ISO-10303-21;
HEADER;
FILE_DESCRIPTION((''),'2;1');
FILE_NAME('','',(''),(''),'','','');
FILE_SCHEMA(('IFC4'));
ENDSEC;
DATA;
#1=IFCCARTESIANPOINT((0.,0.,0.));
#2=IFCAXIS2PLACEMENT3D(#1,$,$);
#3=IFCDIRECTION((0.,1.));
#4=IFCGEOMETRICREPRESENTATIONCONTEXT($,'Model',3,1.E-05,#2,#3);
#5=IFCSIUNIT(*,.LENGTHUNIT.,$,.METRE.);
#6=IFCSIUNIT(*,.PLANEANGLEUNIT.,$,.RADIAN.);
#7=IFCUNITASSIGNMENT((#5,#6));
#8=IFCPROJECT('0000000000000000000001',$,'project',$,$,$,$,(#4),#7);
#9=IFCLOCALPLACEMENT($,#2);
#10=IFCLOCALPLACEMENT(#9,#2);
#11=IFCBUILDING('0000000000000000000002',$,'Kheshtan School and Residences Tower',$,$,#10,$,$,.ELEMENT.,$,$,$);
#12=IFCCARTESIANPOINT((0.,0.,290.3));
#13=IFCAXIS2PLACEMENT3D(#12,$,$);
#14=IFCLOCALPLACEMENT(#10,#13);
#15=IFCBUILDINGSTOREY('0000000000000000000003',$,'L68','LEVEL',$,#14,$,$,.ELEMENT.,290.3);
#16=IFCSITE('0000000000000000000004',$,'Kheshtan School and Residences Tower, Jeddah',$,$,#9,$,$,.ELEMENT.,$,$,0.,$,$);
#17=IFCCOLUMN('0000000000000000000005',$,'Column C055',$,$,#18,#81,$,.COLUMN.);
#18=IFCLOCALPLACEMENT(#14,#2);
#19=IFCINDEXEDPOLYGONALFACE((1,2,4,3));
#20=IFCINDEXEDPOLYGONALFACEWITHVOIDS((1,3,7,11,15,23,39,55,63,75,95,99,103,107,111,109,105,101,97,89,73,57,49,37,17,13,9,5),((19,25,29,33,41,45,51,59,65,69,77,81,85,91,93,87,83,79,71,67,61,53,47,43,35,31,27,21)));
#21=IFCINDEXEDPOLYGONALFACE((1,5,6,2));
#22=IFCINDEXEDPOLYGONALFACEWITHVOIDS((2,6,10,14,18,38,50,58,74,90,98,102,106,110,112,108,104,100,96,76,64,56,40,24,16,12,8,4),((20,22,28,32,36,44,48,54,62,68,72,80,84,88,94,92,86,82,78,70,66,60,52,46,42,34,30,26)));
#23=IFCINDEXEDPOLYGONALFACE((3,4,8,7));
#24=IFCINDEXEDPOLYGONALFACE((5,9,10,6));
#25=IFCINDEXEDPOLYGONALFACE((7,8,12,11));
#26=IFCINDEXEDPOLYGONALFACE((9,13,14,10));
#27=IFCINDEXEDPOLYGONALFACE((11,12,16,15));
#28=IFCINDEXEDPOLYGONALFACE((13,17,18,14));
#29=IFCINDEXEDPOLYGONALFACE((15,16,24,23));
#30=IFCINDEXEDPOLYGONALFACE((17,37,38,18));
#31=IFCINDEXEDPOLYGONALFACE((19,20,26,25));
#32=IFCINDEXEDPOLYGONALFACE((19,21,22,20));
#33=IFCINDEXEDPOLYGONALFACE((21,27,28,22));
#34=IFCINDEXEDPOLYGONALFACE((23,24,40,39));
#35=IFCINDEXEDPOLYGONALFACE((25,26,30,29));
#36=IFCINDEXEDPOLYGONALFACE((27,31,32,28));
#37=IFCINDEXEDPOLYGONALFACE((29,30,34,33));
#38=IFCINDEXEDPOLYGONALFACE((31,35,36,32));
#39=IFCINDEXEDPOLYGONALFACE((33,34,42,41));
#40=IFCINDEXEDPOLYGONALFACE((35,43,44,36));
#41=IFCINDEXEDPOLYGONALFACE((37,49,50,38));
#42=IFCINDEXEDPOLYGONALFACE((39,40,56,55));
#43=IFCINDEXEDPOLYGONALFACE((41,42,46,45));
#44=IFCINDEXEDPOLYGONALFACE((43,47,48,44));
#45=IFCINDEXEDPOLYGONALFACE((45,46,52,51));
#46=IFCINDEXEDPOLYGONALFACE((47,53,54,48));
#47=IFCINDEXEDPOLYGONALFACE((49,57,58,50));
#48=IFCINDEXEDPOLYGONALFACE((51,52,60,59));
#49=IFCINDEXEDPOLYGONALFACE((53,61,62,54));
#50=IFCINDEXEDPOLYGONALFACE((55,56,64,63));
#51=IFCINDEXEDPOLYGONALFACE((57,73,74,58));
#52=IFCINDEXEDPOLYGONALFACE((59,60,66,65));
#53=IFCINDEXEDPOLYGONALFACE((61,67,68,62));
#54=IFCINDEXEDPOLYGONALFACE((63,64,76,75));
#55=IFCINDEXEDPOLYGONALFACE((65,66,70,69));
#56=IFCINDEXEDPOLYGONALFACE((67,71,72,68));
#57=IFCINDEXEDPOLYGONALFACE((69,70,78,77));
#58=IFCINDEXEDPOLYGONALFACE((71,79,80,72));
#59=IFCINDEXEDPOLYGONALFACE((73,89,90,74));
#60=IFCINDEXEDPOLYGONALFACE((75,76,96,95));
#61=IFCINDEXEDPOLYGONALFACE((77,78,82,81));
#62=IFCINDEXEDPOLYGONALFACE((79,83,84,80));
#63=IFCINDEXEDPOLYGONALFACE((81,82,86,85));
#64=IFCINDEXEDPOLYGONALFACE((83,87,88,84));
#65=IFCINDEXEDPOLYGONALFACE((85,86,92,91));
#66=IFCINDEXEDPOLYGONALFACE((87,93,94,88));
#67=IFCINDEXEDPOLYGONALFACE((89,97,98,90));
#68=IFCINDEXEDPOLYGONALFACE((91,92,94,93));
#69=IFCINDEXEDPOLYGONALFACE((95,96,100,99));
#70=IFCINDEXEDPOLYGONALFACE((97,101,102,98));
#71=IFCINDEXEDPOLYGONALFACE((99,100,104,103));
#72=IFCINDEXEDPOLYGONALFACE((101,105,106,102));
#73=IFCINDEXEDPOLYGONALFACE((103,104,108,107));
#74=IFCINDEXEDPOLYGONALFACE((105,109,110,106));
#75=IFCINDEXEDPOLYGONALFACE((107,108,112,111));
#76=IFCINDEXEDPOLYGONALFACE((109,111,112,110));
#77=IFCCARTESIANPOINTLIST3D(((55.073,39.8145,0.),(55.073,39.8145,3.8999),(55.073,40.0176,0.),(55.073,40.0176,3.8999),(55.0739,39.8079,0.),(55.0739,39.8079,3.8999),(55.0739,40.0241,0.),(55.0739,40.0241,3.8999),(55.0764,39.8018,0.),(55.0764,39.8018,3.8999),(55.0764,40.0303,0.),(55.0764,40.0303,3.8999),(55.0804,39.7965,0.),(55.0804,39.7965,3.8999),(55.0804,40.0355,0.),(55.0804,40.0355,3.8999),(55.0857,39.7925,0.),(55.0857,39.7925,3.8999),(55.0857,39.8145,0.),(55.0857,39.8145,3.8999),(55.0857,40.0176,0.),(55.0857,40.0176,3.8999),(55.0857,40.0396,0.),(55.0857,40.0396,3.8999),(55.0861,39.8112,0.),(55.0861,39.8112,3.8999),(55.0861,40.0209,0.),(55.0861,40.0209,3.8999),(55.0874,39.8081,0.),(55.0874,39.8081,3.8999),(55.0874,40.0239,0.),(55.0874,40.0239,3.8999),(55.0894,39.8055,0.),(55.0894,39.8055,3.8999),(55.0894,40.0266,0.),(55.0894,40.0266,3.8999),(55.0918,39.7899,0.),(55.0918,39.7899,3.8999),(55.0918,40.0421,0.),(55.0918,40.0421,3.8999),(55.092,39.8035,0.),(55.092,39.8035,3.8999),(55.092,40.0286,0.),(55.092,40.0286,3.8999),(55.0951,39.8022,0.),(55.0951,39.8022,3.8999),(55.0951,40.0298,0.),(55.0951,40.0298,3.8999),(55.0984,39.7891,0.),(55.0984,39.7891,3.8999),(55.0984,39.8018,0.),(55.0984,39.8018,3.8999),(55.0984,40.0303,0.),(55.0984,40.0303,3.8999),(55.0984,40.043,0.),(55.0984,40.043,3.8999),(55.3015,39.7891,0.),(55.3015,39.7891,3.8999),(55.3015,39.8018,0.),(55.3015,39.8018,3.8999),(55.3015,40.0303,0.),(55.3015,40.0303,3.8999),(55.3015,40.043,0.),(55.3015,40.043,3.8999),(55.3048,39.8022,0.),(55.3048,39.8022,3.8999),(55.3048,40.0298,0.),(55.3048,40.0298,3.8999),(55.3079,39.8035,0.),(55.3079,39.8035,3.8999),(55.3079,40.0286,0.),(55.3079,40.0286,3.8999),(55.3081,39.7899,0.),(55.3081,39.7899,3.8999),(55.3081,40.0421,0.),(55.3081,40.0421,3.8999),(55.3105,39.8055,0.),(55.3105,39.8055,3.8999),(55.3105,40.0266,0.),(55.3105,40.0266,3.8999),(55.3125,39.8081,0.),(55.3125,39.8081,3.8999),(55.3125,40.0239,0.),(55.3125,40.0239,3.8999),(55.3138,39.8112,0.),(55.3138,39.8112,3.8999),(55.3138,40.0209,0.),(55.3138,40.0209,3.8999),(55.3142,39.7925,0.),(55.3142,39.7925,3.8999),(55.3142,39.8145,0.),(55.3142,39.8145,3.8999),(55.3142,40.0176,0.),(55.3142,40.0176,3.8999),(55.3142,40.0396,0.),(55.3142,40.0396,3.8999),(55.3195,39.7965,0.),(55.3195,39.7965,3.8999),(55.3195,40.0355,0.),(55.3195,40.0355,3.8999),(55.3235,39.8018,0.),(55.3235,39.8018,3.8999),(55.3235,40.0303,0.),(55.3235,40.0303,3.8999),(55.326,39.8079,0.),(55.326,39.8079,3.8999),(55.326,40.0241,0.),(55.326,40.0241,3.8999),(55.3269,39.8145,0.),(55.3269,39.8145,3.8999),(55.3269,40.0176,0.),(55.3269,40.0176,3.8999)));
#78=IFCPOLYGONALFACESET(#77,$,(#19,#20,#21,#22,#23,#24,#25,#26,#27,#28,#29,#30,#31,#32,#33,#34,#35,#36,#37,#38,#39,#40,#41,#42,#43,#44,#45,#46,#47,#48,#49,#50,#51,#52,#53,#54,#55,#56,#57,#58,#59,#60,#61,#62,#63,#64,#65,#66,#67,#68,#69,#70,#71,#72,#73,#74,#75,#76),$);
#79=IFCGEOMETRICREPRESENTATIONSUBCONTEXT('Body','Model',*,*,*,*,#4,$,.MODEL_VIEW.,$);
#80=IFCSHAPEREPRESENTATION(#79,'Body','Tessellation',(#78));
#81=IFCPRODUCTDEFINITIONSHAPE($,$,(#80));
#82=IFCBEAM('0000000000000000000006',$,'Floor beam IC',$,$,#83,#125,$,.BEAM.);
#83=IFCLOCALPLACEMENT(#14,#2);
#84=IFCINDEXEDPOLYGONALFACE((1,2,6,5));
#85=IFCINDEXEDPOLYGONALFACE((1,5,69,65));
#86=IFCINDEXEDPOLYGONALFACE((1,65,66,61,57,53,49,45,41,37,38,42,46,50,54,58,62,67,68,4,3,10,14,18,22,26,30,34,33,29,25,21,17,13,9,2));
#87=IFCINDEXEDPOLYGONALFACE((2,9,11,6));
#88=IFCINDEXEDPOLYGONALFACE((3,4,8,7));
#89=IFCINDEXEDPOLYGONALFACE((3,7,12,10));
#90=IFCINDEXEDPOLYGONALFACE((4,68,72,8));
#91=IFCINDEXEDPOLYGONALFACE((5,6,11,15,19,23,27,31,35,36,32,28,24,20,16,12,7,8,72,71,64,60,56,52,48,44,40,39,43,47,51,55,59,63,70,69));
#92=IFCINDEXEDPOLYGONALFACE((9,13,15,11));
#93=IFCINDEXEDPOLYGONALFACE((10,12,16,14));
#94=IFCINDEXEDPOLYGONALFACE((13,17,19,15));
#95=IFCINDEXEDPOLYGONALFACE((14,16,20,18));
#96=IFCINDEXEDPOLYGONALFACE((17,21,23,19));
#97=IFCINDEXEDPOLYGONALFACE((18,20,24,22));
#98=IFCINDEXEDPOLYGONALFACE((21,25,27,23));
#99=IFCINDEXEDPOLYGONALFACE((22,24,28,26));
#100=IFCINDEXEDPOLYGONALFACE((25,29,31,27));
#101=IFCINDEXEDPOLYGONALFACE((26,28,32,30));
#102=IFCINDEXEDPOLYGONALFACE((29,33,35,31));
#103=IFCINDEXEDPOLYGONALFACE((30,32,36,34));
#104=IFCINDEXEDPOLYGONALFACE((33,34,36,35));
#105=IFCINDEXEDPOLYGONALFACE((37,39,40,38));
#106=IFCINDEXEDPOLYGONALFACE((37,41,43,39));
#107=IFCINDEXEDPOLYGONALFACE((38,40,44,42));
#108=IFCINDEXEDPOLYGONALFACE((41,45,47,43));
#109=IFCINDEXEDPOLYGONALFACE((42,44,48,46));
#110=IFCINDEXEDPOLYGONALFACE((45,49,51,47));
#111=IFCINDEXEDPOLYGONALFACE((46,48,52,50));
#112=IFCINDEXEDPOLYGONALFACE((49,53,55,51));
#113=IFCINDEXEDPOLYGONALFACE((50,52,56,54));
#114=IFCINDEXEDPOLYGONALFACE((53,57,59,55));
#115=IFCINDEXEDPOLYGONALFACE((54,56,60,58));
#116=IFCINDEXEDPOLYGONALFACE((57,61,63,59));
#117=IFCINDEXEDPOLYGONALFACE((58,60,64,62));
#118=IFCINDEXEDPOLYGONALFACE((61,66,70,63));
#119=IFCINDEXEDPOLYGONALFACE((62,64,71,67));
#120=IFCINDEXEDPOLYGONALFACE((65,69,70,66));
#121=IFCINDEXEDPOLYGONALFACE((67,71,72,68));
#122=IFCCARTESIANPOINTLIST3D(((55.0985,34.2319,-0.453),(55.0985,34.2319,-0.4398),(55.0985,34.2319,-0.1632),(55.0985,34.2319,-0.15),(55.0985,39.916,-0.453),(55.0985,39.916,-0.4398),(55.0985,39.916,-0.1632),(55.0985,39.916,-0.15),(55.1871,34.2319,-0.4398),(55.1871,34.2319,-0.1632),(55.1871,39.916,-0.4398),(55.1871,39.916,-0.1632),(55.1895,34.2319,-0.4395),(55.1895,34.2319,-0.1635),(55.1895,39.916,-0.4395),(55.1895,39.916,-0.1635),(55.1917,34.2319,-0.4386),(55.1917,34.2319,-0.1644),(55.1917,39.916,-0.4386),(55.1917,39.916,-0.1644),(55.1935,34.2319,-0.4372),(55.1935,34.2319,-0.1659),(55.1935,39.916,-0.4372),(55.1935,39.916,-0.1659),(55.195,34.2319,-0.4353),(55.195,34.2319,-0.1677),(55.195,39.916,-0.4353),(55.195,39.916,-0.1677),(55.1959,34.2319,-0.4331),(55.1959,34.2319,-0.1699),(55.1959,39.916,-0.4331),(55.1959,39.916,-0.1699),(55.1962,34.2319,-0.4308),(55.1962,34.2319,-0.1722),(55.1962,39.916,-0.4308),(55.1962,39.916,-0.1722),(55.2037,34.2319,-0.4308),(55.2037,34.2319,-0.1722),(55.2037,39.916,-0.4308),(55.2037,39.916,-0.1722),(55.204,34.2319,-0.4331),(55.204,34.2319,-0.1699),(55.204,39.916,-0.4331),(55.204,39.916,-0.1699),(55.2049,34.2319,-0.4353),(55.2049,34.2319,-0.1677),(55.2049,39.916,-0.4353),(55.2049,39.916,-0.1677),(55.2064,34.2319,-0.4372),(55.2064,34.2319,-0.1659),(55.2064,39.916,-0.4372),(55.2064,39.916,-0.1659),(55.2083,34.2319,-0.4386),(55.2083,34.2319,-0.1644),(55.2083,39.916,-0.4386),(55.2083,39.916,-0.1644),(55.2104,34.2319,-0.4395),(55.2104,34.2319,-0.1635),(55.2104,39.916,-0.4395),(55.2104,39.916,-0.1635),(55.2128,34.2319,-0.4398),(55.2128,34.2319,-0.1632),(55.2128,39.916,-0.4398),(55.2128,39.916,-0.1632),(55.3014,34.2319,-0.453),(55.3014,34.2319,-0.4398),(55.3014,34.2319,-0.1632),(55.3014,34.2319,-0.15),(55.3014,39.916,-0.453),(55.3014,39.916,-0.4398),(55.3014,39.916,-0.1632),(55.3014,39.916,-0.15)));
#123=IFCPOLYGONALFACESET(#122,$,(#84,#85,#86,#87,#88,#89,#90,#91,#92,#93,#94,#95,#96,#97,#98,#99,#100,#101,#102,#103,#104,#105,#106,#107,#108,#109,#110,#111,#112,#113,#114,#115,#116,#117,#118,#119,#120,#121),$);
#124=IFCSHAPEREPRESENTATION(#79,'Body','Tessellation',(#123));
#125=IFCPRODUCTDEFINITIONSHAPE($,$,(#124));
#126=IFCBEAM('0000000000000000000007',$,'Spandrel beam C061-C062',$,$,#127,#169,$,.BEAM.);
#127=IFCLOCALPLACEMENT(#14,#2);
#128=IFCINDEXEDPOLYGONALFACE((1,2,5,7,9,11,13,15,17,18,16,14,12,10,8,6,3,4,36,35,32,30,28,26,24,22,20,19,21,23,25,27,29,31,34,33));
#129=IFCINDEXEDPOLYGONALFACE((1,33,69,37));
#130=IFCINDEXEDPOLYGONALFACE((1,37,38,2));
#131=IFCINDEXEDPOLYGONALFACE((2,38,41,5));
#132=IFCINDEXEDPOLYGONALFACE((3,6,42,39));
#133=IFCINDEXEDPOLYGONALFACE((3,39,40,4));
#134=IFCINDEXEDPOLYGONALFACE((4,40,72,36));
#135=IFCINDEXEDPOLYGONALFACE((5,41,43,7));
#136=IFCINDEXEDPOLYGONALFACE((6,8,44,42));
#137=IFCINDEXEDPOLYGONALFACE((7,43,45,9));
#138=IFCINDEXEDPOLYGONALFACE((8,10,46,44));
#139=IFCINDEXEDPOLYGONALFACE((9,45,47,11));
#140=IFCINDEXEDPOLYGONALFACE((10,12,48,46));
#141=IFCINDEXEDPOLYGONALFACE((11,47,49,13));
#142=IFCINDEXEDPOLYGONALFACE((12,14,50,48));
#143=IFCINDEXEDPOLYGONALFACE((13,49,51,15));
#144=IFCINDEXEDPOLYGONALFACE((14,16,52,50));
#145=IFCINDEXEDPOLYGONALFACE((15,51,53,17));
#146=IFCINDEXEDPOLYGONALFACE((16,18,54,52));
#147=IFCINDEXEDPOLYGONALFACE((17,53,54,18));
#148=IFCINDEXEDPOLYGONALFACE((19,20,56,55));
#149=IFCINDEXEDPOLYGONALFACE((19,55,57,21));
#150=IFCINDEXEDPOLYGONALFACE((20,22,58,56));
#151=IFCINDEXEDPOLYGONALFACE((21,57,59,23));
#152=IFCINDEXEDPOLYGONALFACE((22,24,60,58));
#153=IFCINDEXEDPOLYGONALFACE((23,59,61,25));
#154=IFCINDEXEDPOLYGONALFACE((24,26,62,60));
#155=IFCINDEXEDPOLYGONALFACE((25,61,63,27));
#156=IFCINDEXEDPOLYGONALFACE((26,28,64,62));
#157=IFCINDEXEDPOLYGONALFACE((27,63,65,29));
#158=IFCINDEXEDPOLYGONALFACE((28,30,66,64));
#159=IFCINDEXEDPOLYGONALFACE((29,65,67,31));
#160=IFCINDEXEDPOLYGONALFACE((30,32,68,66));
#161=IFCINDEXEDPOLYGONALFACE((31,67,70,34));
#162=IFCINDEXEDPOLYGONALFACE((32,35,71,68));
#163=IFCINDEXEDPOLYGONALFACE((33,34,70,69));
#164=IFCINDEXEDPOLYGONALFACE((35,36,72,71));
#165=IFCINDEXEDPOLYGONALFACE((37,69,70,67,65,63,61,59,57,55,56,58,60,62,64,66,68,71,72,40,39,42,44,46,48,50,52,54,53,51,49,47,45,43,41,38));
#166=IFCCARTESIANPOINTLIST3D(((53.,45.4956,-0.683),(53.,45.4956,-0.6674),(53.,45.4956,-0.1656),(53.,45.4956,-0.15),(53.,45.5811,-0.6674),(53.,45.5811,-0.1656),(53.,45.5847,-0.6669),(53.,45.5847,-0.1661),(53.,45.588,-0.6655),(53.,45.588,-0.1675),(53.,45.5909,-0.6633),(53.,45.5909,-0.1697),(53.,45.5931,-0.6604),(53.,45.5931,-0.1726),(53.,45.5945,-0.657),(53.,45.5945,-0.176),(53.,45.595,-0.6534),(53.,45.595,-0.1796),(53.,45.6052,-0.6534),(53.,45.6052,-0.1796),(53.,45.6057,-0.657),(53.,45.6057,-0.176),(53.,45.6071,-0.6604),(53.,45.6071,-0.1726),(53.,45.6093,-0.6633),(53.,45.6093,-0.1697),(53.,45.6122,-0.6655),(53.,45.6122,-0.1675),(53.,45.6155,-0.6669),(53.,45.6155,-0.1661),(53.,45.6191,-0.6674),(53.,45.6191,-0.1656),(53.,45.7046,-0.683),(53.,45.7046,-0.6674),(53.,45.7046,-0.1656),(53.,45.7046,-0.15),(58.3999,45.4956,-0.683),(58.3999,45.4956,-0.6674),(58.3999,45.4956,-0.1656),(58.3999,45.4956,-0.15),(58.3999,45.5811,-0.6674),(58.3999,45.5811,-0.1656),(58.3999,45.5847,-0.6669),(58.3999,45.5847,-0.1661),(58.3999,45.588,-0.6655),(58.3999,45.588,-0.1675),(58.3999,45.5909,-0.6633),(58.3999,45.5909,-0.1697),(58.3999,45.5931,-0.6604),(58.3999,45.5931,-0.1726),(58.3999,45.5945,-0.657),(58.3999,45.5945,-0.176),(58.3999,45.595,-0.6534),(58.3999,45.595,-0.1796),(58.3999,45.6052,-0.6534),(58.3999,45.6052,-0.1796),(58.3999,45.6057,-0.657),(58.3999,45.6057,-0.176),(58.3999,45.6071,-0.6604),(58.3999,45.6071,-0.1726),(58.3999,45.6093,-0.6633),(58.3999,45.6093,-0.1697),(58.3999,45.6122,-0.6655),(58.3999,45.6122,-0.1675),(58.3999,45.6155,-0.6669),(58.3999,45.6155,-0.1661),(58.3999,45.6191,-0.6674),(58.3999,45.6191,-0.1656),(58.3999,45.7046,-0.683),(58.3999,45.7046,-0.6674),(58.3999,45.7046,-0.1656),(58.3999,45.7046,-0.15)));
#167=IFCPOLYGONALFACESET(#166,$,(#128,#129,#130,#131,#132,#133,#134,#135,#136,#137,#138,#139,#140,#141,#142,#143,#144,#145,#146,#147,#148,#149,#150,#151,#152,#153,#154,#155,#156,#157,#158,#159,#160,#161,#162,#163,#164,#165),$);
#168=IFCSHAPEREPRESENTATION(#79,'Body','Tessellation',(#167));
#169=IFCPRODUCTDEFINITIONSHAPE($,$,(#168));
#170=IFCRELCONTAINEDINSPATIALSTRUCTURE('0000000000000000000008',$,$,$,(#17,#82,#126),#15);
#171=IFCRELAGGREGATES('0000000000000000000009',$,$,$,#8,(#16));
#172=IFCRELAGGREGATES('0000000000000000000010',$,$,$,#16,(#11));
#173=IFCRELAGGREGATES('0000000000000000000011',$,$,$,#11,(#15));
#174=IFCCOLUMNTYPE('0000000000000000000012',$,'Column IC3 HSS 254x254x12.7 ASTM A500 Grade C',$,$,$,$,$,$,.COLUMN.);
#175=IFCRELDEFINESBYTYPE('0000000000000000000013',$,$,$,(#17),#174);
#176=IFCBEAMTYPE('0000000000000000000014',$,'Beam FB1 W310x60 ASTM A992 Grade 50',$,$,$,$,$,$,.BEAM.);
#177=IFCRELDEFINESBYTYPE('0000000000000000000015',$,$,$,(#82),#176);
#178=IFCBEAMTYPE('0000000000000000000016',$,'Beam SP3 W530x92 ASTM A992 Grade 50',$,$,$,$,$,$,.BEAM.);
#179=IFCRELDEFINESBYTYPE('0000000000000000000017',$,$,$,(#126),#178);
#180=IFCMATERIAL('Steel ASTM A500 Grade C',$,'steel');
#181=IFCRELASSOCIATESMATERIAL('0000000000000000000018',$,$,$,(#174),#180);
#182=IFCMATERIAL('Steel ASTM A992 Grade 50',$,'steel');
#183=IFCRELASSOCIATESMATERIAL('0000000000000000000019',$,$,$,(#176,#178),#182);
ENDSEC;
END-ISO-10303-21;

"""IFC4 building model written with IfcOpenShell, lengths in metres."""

from ifc_helpers import new_model, si_unit, direction, frame, origin, origin_2d, place, context, subcontext, project, spatial, hollow_rectangle, i_section, extrude, material, material_profile, profile_set, type_object, element, save


model = new_model("IFC4")

# Units and contexts
model_context = context("Model", 3, precision=1e-05, world=origin(), true_north=direction((0.0, 1.0)))
body_context = subcontext(model_context, "Body", "Model", "MODEL_VIEW")
ifc_project = project(units=[si_unit("LENGTHUNIT", "METRE"), si_unit("PLANEANGLEUNIT", "RADIAN")], contexts=[model_context])

# Site, building, storey
site_placement = place(None, origin())
site = spatial("IfcSite", under=ifc_project, at=site_placement, Name="Kheshtan School and Residences Tower, Jeddah", CompositionType="ELEMENT", RefElevation=0.0)
building_placement = place(site_placement, origin())
building = spatial("IfcBuilding", under=site, at=building_placement, Name="Kheshtan School and Residences Tower", CompositionType="ELEMENT")
storey_placement = place(building_placement, frame((0.0, 0.0, 290.3)))
storey = spatial("IfcBuildingStorey", under=building, at=storey_placement, Name="L68", Description="LEVEL", CompositionType="ELEMENT", Elevation=290.3)

# Column
ifc_material_1 = material(Name="Steel ASTM A992 Grade 50", Category="steel")
ifc_material_2 = material(Name="Steel ASTM A500 Grade C", Category="steel")
ifc_material_profile_1 = material_profile(ifc_material_2, hollow_rectangle(XDim=0.2539, YDim=0.2539, WallThickness=0.0127, InnerFilletRadius=0.0127, OuterFilletRadius=0.0254, at=origin_2d()), Name="HSS 254x254x12.7")
ifc_profile_set_1 = profile_set([ifc_material_profile_1], Name="Steel ASTM A500 Grade C")
column_type_1 = type_object("IfcColumnType", Name="Column IC3 HSS 254x254x12.7 ASTM A500 Grade C", PredefinedType="COLUMN", material=ifc_profile_set_1)
for number, where, z_axis, x_axis, name in (
    (1, (55.2, 39.916, 0.0), (0.0, 0.0, 1.0), (1.0, 0.0, 0.0), "Column C055"),
):
    element("IfcColumn", number, at=place(storey_placement, frame(where, z_axis=z_axis, x_axis=x_axis)), inside=storey, type_object=column_type_1, Name=name, PredefinedType="COLUMN", context=body_context, shape_type="SweptSolid", body=[
        extrude(hollow_rectangle(XDim=0.2539, YDim=0.2539, WallThickness=0.0127, InnerFilletRadius=0.0127, OuterFilletRadius=0.0254, at=origin_2d()), origin(), (0.0, 0.0, 1.0), 3.8999),
    ])

# Beams
ifc_material_profile_2 = material_profile(ifc_material_1, i_section(OverallWidth=0.2029, OverallDepth=0.303, WebThickness=0.0076, FlangeThickness=0.0132, FilletRadius=0.009, at=origin_2d()), Name="W310x60")
ifc_profile_set_2 = profile_set([ifc_material_profile_2], Name="Steel ASTM A992 Grade 50")
beam_type_1 = type_object("IfcBeamType", Name="Beam FB1 W310x60 ASTM A992 Grade 50", PredefinedType="BEAM", material=ifc_profile_set_2)
beam_1_placement = place(storey_placement, frame((55.2, 34.2319, -0.3015), z_axis=(0.0, 1.0, 0.0), x_axis=(-1.0, 0.0, 0.0)))
element("IfcBeam", 2, at=beam_1_placement, inside=storey, type_object=beam_type_1, Name="Floor beam IC", PredefinedType="BEAM", context=body_context, shape_type="SweptSolid", body=[
    extrude(i_section(OverallWidth=0.2029, OverallDepth=0.303, WebThickness=0.0076, FlangeThickness=0.0132, FilletRadius=0.009, at=origin_2d()), origin(), (0.0, 0.0, 1.0), 5.6841),
])
ifc_material_profile_3 = material_profile(ifc_material_1, i_section(OverallWidth=0.209, OverallDepth=0.533, WebThickness=0.0103, FlangeThickness=0.0156, FilletRadius=0.0139, at=origin_2d()), Name="W530x92")
ifc_profile_set_3 = profile_set([ifc_material_profile_3], Name="Steel ASTM A992 Grade 50")
beam_type_2 = type_object("IfcBeamType", Name="Beam SP3 W530x92 ASTM A992 Grade 50", PredefinedType="BEAM", material=ifc_profile_set_3)
beam_2_placement = place(storey_placement, frame((53.0, 45.6001, -0.4165), z_axis=(1.0, 0.0, 0.0), x_axis=(0.0, 1.0, 0.0)))
element("IfcBeam", 3, at=beam_2_placement, inside=storey, type_object=beam_type_2, Name="Spandrel beam C061-C062", PredefinedType="BEAM", context=body_context, shape_type="SweptSolid", body=[
    extrude(i_section(OverallWidth=0.209, OverallDepth=0.533, WebThickness=0.0103, FlangeThickness=0.0156, FilletRadius=0.0139, at=origin_2d()), origin(), (0.0, 0.0, 1.0), 5.3999),
])

save(model, "model.ifc")
